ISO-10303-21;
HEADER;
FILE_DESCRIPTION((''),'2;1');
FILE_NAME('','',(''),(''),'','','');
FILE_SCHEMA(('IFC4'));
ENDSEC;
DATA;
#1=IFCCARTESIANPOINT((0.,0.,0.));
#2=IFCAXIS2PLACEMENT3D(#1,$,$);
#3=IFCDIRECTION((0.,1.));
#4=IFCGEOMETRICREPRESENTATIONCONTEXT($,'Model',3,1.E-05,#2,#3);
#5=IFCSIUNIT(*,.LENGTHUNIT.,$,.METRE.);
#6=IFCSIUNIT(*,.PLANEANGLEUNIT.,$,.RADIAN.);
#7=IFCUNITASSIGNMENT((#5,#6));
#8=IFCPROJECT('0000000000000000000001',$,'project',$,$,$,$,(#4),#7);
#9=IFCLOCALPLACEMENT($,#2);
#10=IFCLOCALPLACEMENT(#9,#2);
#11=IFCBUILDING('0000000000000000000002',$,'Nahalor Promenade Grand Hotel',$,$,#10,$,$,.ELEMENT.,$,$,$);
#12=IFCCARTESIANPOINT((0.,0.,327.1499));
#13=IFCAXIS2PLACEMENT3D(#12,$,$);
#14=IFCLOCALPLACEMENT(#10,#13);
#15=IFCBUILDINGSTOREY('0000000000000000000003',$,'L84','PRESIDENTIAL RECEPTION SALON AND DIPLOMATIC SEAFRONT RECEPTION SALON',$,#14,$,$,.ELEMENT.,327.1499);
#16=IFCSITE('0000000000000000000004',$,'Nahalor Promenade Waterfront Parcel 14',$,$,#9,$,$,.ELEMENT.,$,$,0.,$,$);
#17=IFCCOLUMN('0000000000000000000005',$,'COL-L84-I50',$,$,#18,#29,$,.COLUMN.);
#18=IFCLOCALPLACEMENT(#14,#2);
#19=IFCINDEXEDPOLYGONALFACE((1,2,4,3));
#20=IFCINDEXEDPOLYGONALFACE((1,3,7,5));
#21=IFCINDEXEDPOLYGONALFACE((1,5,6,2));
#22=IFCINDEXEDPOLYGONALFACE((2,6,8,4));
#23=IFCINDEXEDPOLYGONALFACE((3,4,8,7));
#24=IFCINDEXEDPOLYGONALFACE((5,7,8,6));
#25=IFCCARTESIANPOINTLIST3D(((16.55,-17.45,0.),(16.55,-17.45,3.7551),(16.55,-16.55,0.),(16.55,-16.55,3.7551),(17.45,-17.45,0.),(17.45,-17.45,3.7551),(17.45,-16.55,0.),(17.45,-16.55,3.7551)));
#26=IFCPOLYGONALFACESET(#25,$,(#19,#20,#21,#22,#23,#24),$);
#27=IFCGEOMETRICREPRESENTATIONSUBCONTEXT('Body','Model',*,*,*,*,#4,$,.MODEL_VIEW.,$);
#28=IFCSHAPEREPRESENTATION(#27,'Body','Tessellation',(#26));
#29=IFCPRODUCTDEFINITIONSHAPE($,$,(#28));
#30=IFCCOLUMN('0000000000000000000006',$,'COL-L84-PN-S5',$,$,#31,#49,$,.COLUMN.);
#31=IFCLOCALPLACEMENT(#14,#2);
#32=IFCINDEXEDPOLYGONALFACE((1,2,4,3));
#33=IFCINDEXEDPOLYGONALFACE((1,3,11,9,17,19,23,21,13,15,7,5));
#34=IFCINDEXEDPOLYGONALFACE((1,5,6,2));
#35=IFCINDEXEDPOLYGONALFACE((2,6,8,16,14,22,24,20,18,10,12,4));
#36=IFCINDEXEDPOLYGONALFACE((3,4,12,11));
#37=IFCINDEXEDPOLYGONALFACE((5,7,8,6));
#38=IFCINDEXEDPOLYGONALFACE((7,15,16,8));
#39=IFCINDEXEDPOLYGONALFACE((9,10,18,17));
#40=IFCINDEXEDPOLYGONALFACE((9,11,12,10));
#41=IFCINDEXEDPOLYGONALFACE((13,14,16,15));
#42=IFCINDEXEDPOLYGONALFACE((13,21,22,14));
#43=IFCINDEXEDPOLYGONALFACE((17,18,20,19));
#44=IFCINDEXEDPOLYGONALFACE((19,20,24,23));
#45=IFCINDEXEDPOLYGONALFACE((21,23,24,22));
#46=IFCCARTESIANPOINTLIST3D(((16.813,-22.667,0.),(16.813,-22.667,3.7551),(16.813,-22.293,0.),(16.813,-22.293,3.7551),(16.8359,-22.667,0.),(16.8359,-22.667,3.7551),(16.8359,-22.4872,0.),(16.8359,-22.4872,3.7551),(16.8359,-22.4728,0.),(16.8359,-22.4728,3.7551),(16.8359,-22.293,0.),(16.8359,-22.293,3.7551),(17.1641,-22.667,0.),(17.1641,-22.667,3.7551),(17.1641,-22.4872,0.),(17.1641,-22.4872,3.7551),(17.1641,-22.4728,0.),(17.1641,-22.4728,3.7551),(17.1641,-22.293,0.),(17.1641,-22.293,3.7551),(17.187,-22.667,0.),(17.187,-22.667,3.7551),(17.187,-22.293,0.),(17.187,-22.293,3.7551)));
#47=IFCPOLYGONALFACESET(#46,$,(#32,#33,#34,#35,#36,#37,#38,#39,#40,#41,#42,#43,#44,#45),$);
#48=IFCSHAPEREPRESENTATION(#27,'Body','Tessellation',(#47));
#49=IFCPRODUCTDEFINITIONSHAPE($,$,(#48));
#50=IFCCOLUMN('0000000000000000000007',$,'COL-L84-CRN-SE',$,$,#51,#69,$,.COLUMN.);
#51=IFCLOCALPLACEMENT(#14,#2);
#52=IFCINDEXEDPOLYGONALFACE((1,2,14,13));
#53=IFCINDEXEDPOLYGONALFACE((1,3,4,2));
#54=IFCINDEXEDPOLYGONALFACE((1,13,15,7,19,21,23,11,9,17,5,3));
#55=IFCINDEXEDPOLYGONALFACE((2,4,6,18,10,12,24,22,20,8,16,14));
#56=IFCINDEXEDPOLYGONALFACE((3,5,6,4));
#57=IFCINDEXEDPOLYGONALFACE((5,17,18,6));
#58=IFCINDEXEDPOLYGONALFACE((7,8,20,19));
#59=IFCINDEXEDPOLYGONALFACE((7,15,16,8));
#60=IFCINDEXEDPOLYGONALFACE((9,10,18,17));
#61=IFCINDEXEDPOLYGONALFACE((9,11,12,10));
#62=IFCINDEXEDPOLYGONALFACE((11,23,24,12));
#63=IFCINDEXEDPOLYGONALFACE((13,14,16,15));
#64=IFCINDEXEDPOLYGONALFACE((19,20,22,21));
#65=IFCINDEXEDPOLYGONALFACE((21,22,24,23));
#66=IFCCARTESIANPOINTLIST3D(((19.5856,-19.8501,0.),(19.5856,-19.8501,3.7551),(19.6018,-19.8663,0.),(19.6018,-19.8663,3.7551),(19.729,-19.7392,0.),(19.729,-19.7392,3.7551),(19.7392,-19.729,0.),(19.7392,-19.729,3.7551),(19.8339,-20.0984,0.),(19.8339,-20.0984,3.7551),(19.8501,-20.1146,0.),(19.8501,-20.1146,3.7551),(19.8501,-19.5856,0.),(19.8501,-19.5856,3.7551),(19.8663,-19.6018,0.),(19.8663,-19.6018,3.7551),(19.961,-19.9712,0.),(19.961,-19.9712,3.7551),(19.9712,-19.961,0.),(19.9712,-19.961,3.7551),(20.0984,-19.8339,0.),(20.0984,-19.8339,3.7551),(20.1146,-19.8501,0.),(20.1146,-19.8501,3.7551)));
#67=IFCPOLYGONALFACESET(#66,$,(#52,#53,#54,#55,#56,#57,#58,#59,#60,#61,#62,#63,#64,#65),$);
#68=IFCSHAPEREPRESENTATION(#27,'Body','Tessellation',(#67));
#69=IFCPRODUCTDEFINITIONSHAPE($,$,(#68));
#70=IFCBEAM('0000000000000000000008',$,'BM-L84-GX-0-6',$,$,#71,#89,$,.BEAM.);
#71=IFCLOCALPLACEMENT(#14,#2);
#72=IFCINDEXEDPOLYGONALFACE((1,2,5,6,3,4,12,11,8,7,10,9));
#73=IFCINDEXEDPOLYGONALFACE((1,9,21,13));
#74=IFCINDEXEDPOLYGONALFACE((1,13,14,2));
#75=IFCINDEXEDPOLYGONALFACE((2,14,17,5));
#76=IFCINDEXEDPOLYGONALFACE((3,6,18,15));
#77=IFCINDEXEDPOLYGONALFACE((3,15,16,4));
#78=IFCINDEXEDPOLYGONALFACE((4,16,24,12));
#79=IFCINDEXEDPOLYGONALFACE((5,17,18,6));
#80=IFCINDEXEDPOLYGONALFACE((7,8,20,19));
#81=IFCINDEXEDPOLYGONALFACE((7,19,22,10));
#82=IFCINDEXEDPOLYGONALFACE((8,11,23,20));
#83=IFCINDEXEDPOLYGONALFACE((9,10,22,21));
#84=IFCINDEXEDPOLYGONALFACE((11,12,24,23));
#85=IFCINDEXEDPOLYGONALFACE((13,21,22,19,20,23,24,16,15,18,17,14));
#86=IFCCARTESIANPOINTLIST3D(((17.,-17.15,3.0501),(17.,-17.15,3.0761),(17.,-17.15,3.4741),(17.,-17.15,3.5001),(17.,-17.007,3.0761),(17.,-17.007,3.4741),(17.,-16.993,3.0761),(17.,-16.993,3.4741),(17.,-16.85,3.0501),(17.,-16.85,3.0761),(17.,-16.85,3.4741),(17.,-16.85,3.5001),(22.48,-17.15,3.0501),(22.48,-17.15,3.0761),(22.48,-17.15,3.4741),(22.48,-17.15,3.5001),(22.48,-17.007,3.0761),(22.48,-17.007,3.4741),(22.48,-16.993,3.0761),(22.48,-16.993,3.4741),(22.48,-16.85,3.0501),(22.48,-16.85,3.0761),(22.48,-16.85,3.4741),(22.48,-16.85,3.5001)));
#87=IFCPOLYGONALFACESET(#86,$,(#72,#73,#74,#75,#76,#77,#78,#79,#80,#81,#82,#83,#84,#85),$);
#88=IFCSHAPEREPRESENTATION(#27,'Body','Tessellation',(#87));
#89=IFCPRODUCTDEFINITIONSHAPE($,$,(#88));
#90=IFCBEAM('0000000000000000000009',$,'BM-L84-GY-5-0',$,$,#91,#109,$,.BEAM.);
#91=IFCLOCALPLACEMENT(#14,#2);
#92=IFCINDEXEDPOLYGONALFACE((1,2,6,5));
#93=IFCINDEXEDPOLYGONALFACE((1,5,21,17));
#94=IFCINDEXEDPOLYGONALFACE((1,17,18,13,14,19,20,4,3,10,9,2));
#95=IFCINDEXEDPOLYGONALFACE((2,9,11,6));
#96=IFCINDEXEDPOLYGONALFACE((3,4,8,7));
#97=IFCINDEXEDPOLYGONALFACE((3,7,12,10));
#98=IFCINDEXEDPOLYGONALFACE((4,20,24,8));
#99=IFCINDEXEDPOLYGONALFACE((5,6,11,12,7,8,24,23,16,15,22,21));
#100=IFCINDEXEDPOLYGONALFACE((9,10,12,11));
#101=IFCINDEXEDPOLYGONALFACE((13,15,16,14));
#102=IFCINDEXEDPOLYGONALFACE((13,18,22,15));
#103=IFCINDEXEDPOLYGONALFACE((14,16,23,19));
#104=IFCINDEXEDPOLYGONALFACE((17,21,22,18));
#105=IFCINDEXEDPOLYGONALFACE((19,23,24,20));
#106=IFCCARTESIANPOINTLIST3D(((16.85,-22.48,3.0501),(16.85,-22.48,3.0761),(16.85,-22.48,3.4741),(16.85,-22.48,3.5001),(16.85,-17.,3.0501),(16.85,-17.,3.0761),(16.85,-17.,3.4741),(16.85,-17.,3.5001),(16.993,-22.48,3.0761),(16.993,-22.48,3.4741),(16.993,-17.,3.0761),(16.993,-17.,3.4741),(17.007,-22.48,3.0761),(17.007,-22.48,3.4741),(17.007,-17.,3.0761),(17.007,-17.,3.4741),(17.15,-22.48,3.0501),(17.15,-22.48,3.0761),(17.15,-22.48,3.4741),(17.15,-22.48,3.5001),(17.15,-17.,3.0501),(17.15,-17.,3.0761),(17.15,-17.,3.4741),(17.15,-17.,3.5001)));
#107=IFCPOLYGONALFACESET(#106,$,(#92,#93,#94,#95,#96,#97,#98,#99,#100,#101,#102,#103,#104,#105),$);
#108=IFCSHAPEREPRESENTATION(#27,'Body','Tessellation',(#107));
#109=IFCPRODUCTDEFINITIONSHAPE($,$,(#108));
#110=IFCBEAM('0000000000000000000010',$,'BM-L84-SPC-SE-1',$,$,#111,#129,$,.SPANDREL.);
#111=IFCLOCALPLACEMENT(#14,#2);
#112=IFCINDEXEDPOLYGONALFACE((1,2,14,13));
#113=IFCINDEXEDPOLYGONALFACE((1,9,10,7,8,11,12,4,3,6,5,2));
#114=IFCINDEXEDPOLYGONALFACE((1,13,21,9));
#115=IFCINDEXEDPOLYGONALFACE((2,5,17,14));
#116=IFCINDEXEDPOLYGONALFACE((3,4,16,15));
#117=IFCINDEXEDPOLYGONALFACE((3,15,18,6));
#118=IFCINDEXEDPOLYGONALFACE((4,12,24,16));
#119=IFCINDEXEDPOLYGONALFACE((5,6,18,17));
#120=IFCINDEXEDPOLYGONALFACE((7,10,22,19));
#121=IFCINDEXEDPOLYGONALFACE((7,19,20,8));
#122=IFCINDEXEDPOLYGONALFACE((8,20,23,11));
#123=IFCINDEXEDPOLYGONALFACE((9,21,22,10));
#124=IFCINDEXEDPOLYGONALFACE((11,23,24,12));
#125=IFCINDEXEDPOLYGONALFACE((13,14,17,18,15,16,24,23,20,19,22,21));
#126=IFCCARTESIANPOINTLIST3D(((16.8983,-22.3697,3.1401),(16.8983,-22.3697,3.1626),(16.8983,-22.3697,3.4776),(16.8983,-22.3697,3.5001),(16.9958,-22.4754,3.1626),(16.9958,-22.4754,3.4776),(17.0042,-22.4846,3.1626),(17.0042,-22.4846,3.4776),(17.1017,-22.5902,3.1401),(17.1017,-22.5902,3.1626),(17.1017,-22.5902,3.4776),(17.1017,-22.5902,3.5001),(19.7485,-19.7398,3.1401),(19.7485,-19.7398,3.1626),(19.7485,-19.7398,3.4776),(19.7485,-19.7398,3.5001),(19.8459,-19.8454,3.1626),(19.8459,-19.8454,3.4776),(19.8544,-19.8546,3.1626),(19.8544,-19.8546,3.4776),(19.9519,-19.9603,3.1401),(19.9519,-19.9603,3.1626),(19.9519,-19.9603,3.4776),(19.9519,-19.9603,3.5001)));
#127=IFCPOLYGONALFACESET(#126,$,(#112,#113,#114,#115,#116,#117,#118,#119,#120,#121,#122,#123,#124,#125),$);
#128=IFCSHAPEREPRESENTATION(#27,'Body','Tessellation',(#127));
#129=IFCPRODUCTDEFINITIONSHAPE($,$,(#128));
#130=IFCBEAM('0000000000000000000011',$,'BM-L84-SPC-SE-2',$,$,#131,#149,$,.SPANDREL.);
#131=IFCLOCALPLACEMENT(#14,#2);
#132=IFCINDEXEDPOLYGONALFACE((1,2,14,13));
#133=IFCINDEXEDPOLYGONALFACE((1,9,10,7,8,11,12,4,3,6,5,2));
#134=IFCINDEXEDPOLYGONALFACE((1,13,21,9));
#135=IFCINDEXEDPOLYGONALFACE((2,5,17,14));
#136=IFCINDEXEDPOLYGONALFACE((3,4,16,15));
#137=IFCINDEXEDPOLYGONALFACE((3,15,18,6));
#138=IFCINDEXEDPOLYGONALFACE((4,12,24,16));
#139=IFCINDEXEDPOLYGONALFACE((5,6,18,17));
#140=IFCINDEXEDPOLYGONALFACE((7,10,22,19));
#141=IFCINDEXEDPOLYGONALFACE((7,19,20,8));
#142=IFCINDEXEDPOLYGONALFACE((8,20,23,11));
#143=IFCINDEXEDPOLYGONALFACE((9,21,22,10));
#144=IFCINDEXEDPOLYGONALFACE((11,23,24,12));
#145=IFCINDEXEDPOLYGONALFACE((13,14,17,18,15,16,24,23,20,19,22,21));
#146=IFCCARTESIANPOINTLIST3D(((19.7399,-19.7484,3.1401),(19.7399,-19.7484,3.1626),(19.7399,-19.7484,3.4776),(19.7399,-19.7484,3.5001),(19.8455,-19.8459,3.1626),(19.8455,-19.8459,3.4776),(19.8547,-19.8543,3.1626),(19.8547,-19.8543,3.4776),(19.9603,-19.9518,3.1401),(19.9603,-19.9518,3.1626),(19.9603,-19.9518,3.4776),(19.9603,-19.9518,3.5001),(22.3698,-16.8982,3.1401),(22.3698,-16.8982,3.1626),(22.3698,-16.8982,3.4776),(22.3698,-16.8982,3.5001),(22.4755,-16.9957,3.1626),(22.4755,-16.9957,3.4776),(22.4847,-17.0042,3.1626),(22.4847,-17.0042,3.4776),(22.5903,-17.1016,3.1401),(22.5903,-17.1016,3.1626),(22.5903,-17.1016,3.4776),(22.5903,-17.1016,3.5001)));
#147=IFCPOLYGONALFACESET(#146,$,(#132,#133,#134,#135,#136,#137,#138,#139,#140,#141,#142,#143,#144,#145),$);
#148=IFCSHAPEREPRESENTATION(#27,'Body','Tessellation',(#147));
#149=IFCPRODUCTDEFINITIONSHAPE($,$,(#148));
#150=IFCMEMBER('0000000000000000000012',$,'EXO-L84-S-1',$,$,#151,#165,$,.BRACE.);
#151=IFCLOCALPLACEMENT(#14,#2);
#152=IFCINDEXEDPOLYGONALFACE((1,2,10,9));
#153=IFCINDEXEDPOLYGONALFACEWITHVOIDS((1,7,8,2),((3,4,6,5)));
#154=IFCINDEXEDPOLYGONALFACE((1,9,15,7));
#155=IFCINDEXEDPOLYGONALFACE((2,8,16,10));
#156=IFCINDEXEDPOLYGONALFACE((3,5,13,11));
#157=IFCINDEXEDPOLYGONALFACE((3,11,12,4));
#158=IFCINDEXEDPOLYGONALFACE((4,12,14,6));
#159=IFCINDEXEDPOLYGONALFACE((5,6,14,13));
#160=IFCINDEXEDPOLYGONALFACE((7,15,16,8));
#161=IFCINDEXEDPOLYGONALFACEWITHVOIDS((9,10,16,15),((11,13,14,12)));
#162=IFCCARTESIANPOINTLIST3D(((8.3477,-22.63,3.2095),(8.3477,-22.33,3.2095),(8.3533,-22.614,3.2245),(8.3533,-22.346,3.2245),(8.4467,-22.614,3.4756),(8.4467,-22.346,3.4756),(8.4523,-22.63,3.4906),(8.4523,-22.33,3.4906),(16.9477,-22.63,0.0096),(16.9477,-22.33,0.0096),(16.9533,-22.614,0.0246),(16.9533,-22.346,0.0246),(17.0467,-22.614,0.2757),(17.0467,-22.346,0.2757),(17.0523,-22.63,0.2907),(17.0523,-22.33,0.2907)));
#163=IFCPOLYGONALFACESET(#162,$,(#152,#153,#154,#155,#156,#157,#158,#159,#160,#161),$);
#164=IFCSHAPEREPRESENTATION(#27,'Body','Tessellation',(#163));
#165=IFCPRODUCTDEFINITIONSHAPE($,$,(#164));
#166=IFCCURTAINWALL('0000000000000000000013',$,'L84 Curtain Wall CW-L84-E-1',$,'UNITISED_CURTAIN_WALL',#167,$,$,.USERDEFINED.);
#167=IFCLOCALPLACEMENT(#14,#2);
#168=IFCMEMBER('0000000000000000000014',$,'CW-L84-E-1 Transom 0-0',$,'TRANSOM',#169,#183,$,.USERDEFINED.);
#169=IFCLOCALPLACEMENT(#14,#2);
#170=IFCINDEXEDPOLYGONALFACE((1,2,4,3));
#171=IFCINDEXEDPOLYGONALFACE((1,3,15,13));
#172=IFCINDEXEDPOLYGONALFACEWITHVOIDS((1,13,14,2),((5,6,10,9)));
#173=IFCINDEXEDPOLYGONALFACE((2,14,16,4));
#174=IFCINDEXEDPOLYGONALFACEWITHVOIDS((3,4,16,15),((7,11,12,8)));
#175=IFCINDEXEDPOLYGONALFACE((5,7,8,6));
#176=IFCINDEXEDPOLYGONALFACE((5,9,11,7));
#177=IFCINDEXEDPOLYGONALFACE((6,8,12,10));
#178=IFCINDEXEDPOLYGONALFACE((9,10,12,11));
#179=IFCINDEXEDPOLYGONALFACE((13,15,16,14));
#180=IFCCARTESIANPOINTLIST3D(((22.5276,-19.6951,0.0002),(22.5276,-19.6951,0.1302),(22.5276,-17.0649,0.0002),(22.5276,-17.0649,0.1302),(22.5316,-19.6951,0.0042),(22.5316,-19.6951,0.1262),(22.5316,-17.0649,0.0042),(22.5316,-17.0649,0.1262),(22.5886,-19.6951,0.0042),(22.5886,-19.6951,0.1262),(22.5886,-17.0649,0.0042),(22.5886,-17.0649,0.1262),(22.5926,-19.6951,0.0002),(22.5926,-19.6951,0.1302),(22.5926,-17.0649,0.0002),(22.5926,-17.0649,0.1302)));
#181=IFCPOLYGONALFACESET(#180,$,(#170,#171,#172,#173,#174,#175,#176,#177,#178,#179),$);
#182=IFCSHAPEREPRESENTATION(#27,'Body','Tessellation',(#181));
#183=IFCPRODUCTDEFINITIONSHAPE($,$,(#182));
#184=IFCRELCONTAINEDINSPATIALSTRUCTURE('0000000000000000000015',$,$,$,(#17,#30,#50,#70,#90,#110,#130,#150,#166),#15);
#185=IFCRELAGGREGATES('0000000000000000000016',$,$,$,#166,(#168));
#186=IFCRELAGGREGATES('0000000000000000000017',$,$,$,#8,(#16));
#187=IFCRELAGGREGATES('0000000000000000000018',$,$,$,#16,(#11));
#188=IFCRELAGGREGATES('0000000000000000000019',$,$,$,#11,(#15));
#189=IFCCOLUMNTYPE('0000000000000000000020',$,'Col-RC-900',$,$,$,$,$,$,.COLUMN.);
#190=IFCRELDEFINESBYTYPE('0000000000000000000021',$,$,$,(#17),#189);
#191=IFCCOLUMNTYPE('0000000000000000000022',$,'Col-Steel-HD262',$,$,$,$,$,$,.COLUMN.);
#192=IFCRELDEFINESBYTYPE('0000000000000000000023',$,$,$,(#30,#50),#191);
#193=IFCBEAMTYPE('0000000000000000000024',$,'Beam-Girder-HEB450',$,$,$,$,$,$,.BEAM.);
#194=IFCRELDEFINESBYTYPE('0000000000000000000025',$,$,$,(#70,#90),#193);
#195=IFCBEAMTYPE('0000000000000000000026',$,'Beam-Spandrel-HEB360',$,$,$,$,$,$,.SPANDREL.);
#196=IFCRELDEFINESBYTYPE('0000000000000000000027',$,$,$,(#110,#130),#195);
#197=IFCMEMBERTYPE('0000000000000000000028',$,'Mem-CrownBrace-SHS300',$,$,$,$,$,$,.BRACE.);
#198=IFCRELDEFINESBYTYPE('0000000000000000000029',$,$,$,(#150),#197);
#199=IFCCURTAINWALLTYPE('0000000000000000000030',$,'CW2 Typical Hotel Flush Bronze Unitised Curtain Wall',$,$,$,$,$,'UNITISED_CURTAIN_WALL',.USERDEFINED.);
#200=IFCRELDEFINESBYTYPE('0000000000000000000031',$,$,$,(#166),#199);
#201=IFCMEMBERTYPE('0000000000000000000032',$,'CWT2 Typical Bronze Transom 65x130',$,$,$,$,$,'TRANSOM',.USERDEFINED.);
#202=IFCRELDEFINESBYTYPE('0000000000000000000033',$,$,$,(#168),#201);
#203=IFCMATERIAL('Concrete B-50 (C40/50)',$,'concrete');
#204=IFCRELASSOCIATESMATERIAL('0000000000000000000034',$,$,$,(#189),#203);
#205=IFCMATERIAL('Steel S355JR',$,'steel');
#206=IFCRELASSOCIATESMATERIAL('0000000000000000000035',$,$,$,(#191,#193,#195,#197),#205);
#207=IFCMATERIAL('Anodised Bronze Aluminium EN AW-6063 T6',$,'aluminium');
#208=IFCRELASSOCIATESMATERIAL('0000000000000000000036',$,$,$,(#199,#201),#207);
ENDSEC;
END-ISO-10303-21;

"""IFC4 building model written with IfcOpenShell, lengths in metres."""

from ifc_helpers import new_model, si_unit, direction, frame, origin, origin_2d, place, context, subcontext, project, spatial, rectangle, hollow_rectangle, i_section, extrude, source, transform, mapped, material, material_profile, profile_set, type_object, element, aggregate, save


model = new_model("IFC4")

# Units and contexts
model_context = context("Model", 3, precision=1e-05, world=origin(), true_north=direction((0.0, 1.0)))
body_context = subcontext(model_context, "Body", "Model", "MODEL_VIEW")
ifc_project = project(units=[si_unit("LENGTHUNIT", "METRE"), si_unit("PLANEANGLEUNIT", "RADIAN")], contexts=[model_context])

# Site, building, storey
site_placement = place(None, origin())
site = spatial("IfcSite", under=ifc_project, at=site_placement, Name="Nahalor Promenade Waterfront Parcel 14", CompositionType="ELEMENT", RefElevation=0.0)
building_placement = place(site_placement, origin())
building = spatial("IfcBuilding", under=site, at=building_placement, Name="Nahalor Promenade Grand Hotel", CompositionType="ELEMENT")
storey_placement = place(building_placement, frame((0.0, 0.0, 327.1499)))
storey = spatial("IfcBuildingStorey", under=building, at=storey_placement, Name="L84", Description="PRESIDENTIAL RECEPTION SALON AND DIPLOMATIC SEAFRONT RECEPTION SALON", CompositionType="ELEMENT", Elevation=327.1499)

# Columns
ifc_material_1 = material(Name="Concrete B-50 (C40/50)", Category="concrete")
ifc_material_profile_1 = material_profile(ifc_material_1, rectangle(XDim=0.9, YDim=0.9, at=origin_2d()), Name="RC 900x900")
ifc_profile_set_1 = profile_set([ifc_material_profile_1], Name="Concrete B-50 (C40/50)")
column_type_1 = type_object("IfcColumnType", Name="Col-RC-900", PredefinedType="COLUMN", material=ifc_profile_set_1)
shared_shape_1 = source(origin(), body_context, "Body", "SweptSolid", [
    extrude(rectangle(XDim=0.9, YDim=0.9, at=origin_2d()), origin(), (0.0, 0.0, 1.0), 3.7551),
])
column_placement = place(storey_placement, frame((17.0, -17.0, 0.0), z_axis=(0.0, 0.0, 1.0), x_axis=(1.0, 0.0, 0.0)))
element("IfcColumn", 1, at=column_placement, inside=storey, type_object=column_type_1, Name="COL-L84-I50", PredefinedType="COLUMN", context=body_context, shape_type="MappedRepresentation", body=[
    mapped(shared_shape_1, transform((0.0, 0.0, 0.0), scale=1.0)),
])
ifc_material_2 = material(Name="Steel S355JR", Category="steel")
ifc_material_profile_2 = material_profile(ifc_material_2, i_section(OverallWidth=0.374, OverallDepth=0.374, WebThickness=0.0144, FlangeThickness=0.0229, at=origin_2d()), Name="HD 360x262")
ifc_profile_set_2 = profile_set([ifc_material_profile_2], Name="Steel S355JR")
column_type_2 = type_object("IfcColumnType", Name="Col-Steel-HD262", PredefinedType="COLUMN", material=ifc_profile_set_2)
shared_shape_2 = source(origin(), body_context, "Body", "SweptSolid", [
    extrude(i_section(OverallWidth=0.374, OverallDepth=0.374, WebThickness=0.0144, FlangeThickness=0.0229, at=origin_2d()), origin(), (0.0, 0.0, 1.0), 3.7551),
])
for number, where, z_axis, x_axis, name in (
    (2, (17.0, -22.48, 0.0), (0.0, 0.0, 1.0), (0.0, 1.0, 0.0), "COL-L84-PN-S5"),
    (3, (19.8501, -19.8501, 0.0), (0.0, 0.0, 1.0), (0.707107, 0.707107, 0.0), "COL-L84-CRN-SE"),
):
    element("IfcColumn", number, at=place(storey_placement, frame(where, z_axis=z_axis, x_axis=x_axis)), inside=storey, type_object=column_type_2, Name=name, PredefinedType="COLUMN", context=body_context, shape_type="MappedRepresentation", body=[
        mapped(shared_shape_2, transform((0.0, 0.0, 0.0), scale=1.0)),
    ])

# Beams
ifc_material_profile_3 = material_profile(ifc_material_2, i_section(OverallWidth=0.3, OverallDepth=0.45, WebThickness=0.014, FlangeThickness=0.026, at=origin_2d()), Name="HEB 450")
ifc_profile_set_3 = profile_set([ifc_material_profile_3], Name="Steel S355JR")
beam_type_1 = type_object("IfcBeamType", Name="Beam-Girder-HEB450", PredefinedType="BEAM", material=ifc_profile_set_3)
shared_shape_3 = source(origin(), body_context, "Body", "SweptSolid", [
    extrude(i_section(OverallWidth=0.3, OverallDepth=0.45, WebThickness=0.014, FlangeThickness=0.026, at=origin_2d()), origin(), (0.0, 0.0, 1.0), 5.48),
])
for number, where, z_axis, x_axis, name in (
    (4, (17.0, -17.0, 3.2751), (1.0, 0.0, 0.0), (0.0, 1.0, 0.0), "BM-L84-GX-0-6"),
    (5, (17.0, -22.48, 3.2751), (0.0, 1.0, 0.0), (-1.0, 0.0, 0.0), "BM-L84-GY-5-0"),
):
    element("IfcBeam", number, at=place(storey_placement, frame(where, z_axis=z_axis, x_axis=x_axis)), inside=storey, type_object=beam_type_1, Name=name, PredefinedType="BEAM", context=body_context, shape_type="MappedRepresentation", body=[
        mapped(shared_shape_3, transform((0.0, 0.0, 0.0), scale=1.0)),
    ])
ifc_material_profile_4 = material_profile(ifc_material_2, i_section(OverallWidth=0.3, OverallDepth=0.36, WebThickness=0.0125, FlangeThickness=0.0225, at=origin_2d()), Name="HEB 360")
ifc_profile_set_4 = profile_set([ifc_material_profile_4], Name="Steel S355JR")
beam_type_2 = type_object("IfcBeamType", Name="Beam-Spandrel-HEB360", PredefinedType="SPANDREL", material=ifc_profile_set_4)
shared_shape_4 = source(origin(), body_context, "Body", "SweptSolid", [
    extrude(i_section(OverallWidth=0.3, OverallDepth=0.36, WebThickness=0.0125, FlangeThickness=0.0225, at=origin_2d()), origin(), (0.0, 0.0, 1.0), 3.8782),
])
for number, where, z_axis, x_axis, name in (
    (6, (17.0, -22.48, 3.3201), (0.734929, 0.678144, 0.0), (-0.678144, 0.734929, 0.0), "BM-L84-SPC-SE-1"),
    (7, (19.8501, -19.8501, 3.3201), (0.678144, 0.734929, 0.0), (-0.734929, 0.678144, 0.0), "BM-L84-SPC-SE-2"),
):
    element("IfcBeam", number, at=place(storey_placement, frame(where, z_axis=z_axis, x_axis=x_axis)), inside=storey, type_object=beam_type_2, Name=name, PredefinedType="SPANDREL", context=body_context, shape_type="MappedRepresentation", body=[
        mapped(shared_shape_4, transform((0.0, 0.0, 0.0), scale=1.0)),
    ])

# Member
ifc_material_profile_5 = material_profile(ifc_material_2, hollow_rectangle(XDim=0.3, YDim=0.3, WallThickness=0.016, at=origin_2d()), Name="SHS 300x300x16")
ifc_profile_set_5 = profile_set([ifc_material_profile_5], Name="Steel S355JR")
member_type_1 = type_object("IfcMemberType", Name="Mem-CrownBrace-SHS300", PredefinedType="BRACE", material=ifc_profile_set_5)
shared_shape_5 = source(origin(), body_context, "Body", "SweptSolid", [
    extrude(hollow_rectangle(XDim=0.3, YDim=0.3, WallThickness=0.016, at=origin_2d()), origin(), (0.0, 0.0, 1.0), 9.176),
])
member_1_placement = place(storey_placement, frame((17.0, -22.48, 0.1501), z_axis=(-0.937225, 0.0, 0.348726), x_axis=(0.0, -1.0, 0.0)))
element("IfcMember", 8, at=member_1_placement, inside=storey, type_object=member_type_1, Name="EXO-L84-S-1", PredefinedType="BRACE", context=body_context, shape_type="MappedRepresentation", body=[
    mapped(shared_shape_5, transform((0.0, 0.0, 0.0), scale=1.0)),
])

# Curtain wall, member
ifc_material_3 = material(Name="Anodised Bronze Aluminium EN AW-6063 T6", Category="aluminium")
curtain_wall_type = type_object("IfcCurtainWallType", Name="CW2 Typical Hotel Flush Bronze Unitised Curtain Wall", ElementType="UNITISED_CURTAIN_WALL", PredefinedType="USERDEFINED", material=ifc_material_3)
curtain_wall_1_placement = place(storey_placement, origin())
curtain_wall_1 = element("IfcCurtainWall", 9, at=curtain_wall_1_placement, inside=storey, type_object=curtain_wall_type, Name="L84 Curtain Wall CW-L84-E-1", ObjectType="UNITISED_CURTAIN_WALL", PredefinedType="USERDEFINED")
ifc_material_profile_6 = material_profile(ifc_material_3, hollow_rectangle(XDim=0.065, YDim=0.13, WallThickness=0.004, at=origin_2d()), Name="CWT 65x130x4")
ifc_profile_set_6 = profile_set([ifc_material_profile_6], Name="Anodised Bronze Aluminium EN AW-6063 T6")
member_type_2 = type_object("IfcMemberType", Name="CWT2 Typical Bronze Transom 65x130", ElementType="TRANSOM", PredefinedType="USERDEFINED", material=ifc_profile_set_6)
shared_shape_6 = source(origin(), body_context, "Body", "SweptSolid", [
    extrude(hollow_rectangle(XDim=0.065, YDim=0.13, WallThickness=0.004, at=origin_2d()), origin(), (0.0, 0.0, 1.0), 2.6301),
])
member_2_placement = place(storey_placement, frame((22.5601, -19.6951, 0.0652), z_axis=(0.0, 1.0, 0.0), x_axis=(-1.0, 0.0, 0.0)))
member_2 = element("IfcMember", 10, at=member_2_placement, type_object=member_type_2, Name="CW-L84-E-1 Transom 0-0", ObjectType="TRANSOM", PredefinedType="USERDEFINED", context=body_context, shape_type="MappedRepresentation", body=[
    mapped(shared_shape_6, transform((0.0, 0.0, 0.0), scale=1.0)),
])

aggregate(curtain_wall_1, [member_2])

save(model, "model.ifc")
